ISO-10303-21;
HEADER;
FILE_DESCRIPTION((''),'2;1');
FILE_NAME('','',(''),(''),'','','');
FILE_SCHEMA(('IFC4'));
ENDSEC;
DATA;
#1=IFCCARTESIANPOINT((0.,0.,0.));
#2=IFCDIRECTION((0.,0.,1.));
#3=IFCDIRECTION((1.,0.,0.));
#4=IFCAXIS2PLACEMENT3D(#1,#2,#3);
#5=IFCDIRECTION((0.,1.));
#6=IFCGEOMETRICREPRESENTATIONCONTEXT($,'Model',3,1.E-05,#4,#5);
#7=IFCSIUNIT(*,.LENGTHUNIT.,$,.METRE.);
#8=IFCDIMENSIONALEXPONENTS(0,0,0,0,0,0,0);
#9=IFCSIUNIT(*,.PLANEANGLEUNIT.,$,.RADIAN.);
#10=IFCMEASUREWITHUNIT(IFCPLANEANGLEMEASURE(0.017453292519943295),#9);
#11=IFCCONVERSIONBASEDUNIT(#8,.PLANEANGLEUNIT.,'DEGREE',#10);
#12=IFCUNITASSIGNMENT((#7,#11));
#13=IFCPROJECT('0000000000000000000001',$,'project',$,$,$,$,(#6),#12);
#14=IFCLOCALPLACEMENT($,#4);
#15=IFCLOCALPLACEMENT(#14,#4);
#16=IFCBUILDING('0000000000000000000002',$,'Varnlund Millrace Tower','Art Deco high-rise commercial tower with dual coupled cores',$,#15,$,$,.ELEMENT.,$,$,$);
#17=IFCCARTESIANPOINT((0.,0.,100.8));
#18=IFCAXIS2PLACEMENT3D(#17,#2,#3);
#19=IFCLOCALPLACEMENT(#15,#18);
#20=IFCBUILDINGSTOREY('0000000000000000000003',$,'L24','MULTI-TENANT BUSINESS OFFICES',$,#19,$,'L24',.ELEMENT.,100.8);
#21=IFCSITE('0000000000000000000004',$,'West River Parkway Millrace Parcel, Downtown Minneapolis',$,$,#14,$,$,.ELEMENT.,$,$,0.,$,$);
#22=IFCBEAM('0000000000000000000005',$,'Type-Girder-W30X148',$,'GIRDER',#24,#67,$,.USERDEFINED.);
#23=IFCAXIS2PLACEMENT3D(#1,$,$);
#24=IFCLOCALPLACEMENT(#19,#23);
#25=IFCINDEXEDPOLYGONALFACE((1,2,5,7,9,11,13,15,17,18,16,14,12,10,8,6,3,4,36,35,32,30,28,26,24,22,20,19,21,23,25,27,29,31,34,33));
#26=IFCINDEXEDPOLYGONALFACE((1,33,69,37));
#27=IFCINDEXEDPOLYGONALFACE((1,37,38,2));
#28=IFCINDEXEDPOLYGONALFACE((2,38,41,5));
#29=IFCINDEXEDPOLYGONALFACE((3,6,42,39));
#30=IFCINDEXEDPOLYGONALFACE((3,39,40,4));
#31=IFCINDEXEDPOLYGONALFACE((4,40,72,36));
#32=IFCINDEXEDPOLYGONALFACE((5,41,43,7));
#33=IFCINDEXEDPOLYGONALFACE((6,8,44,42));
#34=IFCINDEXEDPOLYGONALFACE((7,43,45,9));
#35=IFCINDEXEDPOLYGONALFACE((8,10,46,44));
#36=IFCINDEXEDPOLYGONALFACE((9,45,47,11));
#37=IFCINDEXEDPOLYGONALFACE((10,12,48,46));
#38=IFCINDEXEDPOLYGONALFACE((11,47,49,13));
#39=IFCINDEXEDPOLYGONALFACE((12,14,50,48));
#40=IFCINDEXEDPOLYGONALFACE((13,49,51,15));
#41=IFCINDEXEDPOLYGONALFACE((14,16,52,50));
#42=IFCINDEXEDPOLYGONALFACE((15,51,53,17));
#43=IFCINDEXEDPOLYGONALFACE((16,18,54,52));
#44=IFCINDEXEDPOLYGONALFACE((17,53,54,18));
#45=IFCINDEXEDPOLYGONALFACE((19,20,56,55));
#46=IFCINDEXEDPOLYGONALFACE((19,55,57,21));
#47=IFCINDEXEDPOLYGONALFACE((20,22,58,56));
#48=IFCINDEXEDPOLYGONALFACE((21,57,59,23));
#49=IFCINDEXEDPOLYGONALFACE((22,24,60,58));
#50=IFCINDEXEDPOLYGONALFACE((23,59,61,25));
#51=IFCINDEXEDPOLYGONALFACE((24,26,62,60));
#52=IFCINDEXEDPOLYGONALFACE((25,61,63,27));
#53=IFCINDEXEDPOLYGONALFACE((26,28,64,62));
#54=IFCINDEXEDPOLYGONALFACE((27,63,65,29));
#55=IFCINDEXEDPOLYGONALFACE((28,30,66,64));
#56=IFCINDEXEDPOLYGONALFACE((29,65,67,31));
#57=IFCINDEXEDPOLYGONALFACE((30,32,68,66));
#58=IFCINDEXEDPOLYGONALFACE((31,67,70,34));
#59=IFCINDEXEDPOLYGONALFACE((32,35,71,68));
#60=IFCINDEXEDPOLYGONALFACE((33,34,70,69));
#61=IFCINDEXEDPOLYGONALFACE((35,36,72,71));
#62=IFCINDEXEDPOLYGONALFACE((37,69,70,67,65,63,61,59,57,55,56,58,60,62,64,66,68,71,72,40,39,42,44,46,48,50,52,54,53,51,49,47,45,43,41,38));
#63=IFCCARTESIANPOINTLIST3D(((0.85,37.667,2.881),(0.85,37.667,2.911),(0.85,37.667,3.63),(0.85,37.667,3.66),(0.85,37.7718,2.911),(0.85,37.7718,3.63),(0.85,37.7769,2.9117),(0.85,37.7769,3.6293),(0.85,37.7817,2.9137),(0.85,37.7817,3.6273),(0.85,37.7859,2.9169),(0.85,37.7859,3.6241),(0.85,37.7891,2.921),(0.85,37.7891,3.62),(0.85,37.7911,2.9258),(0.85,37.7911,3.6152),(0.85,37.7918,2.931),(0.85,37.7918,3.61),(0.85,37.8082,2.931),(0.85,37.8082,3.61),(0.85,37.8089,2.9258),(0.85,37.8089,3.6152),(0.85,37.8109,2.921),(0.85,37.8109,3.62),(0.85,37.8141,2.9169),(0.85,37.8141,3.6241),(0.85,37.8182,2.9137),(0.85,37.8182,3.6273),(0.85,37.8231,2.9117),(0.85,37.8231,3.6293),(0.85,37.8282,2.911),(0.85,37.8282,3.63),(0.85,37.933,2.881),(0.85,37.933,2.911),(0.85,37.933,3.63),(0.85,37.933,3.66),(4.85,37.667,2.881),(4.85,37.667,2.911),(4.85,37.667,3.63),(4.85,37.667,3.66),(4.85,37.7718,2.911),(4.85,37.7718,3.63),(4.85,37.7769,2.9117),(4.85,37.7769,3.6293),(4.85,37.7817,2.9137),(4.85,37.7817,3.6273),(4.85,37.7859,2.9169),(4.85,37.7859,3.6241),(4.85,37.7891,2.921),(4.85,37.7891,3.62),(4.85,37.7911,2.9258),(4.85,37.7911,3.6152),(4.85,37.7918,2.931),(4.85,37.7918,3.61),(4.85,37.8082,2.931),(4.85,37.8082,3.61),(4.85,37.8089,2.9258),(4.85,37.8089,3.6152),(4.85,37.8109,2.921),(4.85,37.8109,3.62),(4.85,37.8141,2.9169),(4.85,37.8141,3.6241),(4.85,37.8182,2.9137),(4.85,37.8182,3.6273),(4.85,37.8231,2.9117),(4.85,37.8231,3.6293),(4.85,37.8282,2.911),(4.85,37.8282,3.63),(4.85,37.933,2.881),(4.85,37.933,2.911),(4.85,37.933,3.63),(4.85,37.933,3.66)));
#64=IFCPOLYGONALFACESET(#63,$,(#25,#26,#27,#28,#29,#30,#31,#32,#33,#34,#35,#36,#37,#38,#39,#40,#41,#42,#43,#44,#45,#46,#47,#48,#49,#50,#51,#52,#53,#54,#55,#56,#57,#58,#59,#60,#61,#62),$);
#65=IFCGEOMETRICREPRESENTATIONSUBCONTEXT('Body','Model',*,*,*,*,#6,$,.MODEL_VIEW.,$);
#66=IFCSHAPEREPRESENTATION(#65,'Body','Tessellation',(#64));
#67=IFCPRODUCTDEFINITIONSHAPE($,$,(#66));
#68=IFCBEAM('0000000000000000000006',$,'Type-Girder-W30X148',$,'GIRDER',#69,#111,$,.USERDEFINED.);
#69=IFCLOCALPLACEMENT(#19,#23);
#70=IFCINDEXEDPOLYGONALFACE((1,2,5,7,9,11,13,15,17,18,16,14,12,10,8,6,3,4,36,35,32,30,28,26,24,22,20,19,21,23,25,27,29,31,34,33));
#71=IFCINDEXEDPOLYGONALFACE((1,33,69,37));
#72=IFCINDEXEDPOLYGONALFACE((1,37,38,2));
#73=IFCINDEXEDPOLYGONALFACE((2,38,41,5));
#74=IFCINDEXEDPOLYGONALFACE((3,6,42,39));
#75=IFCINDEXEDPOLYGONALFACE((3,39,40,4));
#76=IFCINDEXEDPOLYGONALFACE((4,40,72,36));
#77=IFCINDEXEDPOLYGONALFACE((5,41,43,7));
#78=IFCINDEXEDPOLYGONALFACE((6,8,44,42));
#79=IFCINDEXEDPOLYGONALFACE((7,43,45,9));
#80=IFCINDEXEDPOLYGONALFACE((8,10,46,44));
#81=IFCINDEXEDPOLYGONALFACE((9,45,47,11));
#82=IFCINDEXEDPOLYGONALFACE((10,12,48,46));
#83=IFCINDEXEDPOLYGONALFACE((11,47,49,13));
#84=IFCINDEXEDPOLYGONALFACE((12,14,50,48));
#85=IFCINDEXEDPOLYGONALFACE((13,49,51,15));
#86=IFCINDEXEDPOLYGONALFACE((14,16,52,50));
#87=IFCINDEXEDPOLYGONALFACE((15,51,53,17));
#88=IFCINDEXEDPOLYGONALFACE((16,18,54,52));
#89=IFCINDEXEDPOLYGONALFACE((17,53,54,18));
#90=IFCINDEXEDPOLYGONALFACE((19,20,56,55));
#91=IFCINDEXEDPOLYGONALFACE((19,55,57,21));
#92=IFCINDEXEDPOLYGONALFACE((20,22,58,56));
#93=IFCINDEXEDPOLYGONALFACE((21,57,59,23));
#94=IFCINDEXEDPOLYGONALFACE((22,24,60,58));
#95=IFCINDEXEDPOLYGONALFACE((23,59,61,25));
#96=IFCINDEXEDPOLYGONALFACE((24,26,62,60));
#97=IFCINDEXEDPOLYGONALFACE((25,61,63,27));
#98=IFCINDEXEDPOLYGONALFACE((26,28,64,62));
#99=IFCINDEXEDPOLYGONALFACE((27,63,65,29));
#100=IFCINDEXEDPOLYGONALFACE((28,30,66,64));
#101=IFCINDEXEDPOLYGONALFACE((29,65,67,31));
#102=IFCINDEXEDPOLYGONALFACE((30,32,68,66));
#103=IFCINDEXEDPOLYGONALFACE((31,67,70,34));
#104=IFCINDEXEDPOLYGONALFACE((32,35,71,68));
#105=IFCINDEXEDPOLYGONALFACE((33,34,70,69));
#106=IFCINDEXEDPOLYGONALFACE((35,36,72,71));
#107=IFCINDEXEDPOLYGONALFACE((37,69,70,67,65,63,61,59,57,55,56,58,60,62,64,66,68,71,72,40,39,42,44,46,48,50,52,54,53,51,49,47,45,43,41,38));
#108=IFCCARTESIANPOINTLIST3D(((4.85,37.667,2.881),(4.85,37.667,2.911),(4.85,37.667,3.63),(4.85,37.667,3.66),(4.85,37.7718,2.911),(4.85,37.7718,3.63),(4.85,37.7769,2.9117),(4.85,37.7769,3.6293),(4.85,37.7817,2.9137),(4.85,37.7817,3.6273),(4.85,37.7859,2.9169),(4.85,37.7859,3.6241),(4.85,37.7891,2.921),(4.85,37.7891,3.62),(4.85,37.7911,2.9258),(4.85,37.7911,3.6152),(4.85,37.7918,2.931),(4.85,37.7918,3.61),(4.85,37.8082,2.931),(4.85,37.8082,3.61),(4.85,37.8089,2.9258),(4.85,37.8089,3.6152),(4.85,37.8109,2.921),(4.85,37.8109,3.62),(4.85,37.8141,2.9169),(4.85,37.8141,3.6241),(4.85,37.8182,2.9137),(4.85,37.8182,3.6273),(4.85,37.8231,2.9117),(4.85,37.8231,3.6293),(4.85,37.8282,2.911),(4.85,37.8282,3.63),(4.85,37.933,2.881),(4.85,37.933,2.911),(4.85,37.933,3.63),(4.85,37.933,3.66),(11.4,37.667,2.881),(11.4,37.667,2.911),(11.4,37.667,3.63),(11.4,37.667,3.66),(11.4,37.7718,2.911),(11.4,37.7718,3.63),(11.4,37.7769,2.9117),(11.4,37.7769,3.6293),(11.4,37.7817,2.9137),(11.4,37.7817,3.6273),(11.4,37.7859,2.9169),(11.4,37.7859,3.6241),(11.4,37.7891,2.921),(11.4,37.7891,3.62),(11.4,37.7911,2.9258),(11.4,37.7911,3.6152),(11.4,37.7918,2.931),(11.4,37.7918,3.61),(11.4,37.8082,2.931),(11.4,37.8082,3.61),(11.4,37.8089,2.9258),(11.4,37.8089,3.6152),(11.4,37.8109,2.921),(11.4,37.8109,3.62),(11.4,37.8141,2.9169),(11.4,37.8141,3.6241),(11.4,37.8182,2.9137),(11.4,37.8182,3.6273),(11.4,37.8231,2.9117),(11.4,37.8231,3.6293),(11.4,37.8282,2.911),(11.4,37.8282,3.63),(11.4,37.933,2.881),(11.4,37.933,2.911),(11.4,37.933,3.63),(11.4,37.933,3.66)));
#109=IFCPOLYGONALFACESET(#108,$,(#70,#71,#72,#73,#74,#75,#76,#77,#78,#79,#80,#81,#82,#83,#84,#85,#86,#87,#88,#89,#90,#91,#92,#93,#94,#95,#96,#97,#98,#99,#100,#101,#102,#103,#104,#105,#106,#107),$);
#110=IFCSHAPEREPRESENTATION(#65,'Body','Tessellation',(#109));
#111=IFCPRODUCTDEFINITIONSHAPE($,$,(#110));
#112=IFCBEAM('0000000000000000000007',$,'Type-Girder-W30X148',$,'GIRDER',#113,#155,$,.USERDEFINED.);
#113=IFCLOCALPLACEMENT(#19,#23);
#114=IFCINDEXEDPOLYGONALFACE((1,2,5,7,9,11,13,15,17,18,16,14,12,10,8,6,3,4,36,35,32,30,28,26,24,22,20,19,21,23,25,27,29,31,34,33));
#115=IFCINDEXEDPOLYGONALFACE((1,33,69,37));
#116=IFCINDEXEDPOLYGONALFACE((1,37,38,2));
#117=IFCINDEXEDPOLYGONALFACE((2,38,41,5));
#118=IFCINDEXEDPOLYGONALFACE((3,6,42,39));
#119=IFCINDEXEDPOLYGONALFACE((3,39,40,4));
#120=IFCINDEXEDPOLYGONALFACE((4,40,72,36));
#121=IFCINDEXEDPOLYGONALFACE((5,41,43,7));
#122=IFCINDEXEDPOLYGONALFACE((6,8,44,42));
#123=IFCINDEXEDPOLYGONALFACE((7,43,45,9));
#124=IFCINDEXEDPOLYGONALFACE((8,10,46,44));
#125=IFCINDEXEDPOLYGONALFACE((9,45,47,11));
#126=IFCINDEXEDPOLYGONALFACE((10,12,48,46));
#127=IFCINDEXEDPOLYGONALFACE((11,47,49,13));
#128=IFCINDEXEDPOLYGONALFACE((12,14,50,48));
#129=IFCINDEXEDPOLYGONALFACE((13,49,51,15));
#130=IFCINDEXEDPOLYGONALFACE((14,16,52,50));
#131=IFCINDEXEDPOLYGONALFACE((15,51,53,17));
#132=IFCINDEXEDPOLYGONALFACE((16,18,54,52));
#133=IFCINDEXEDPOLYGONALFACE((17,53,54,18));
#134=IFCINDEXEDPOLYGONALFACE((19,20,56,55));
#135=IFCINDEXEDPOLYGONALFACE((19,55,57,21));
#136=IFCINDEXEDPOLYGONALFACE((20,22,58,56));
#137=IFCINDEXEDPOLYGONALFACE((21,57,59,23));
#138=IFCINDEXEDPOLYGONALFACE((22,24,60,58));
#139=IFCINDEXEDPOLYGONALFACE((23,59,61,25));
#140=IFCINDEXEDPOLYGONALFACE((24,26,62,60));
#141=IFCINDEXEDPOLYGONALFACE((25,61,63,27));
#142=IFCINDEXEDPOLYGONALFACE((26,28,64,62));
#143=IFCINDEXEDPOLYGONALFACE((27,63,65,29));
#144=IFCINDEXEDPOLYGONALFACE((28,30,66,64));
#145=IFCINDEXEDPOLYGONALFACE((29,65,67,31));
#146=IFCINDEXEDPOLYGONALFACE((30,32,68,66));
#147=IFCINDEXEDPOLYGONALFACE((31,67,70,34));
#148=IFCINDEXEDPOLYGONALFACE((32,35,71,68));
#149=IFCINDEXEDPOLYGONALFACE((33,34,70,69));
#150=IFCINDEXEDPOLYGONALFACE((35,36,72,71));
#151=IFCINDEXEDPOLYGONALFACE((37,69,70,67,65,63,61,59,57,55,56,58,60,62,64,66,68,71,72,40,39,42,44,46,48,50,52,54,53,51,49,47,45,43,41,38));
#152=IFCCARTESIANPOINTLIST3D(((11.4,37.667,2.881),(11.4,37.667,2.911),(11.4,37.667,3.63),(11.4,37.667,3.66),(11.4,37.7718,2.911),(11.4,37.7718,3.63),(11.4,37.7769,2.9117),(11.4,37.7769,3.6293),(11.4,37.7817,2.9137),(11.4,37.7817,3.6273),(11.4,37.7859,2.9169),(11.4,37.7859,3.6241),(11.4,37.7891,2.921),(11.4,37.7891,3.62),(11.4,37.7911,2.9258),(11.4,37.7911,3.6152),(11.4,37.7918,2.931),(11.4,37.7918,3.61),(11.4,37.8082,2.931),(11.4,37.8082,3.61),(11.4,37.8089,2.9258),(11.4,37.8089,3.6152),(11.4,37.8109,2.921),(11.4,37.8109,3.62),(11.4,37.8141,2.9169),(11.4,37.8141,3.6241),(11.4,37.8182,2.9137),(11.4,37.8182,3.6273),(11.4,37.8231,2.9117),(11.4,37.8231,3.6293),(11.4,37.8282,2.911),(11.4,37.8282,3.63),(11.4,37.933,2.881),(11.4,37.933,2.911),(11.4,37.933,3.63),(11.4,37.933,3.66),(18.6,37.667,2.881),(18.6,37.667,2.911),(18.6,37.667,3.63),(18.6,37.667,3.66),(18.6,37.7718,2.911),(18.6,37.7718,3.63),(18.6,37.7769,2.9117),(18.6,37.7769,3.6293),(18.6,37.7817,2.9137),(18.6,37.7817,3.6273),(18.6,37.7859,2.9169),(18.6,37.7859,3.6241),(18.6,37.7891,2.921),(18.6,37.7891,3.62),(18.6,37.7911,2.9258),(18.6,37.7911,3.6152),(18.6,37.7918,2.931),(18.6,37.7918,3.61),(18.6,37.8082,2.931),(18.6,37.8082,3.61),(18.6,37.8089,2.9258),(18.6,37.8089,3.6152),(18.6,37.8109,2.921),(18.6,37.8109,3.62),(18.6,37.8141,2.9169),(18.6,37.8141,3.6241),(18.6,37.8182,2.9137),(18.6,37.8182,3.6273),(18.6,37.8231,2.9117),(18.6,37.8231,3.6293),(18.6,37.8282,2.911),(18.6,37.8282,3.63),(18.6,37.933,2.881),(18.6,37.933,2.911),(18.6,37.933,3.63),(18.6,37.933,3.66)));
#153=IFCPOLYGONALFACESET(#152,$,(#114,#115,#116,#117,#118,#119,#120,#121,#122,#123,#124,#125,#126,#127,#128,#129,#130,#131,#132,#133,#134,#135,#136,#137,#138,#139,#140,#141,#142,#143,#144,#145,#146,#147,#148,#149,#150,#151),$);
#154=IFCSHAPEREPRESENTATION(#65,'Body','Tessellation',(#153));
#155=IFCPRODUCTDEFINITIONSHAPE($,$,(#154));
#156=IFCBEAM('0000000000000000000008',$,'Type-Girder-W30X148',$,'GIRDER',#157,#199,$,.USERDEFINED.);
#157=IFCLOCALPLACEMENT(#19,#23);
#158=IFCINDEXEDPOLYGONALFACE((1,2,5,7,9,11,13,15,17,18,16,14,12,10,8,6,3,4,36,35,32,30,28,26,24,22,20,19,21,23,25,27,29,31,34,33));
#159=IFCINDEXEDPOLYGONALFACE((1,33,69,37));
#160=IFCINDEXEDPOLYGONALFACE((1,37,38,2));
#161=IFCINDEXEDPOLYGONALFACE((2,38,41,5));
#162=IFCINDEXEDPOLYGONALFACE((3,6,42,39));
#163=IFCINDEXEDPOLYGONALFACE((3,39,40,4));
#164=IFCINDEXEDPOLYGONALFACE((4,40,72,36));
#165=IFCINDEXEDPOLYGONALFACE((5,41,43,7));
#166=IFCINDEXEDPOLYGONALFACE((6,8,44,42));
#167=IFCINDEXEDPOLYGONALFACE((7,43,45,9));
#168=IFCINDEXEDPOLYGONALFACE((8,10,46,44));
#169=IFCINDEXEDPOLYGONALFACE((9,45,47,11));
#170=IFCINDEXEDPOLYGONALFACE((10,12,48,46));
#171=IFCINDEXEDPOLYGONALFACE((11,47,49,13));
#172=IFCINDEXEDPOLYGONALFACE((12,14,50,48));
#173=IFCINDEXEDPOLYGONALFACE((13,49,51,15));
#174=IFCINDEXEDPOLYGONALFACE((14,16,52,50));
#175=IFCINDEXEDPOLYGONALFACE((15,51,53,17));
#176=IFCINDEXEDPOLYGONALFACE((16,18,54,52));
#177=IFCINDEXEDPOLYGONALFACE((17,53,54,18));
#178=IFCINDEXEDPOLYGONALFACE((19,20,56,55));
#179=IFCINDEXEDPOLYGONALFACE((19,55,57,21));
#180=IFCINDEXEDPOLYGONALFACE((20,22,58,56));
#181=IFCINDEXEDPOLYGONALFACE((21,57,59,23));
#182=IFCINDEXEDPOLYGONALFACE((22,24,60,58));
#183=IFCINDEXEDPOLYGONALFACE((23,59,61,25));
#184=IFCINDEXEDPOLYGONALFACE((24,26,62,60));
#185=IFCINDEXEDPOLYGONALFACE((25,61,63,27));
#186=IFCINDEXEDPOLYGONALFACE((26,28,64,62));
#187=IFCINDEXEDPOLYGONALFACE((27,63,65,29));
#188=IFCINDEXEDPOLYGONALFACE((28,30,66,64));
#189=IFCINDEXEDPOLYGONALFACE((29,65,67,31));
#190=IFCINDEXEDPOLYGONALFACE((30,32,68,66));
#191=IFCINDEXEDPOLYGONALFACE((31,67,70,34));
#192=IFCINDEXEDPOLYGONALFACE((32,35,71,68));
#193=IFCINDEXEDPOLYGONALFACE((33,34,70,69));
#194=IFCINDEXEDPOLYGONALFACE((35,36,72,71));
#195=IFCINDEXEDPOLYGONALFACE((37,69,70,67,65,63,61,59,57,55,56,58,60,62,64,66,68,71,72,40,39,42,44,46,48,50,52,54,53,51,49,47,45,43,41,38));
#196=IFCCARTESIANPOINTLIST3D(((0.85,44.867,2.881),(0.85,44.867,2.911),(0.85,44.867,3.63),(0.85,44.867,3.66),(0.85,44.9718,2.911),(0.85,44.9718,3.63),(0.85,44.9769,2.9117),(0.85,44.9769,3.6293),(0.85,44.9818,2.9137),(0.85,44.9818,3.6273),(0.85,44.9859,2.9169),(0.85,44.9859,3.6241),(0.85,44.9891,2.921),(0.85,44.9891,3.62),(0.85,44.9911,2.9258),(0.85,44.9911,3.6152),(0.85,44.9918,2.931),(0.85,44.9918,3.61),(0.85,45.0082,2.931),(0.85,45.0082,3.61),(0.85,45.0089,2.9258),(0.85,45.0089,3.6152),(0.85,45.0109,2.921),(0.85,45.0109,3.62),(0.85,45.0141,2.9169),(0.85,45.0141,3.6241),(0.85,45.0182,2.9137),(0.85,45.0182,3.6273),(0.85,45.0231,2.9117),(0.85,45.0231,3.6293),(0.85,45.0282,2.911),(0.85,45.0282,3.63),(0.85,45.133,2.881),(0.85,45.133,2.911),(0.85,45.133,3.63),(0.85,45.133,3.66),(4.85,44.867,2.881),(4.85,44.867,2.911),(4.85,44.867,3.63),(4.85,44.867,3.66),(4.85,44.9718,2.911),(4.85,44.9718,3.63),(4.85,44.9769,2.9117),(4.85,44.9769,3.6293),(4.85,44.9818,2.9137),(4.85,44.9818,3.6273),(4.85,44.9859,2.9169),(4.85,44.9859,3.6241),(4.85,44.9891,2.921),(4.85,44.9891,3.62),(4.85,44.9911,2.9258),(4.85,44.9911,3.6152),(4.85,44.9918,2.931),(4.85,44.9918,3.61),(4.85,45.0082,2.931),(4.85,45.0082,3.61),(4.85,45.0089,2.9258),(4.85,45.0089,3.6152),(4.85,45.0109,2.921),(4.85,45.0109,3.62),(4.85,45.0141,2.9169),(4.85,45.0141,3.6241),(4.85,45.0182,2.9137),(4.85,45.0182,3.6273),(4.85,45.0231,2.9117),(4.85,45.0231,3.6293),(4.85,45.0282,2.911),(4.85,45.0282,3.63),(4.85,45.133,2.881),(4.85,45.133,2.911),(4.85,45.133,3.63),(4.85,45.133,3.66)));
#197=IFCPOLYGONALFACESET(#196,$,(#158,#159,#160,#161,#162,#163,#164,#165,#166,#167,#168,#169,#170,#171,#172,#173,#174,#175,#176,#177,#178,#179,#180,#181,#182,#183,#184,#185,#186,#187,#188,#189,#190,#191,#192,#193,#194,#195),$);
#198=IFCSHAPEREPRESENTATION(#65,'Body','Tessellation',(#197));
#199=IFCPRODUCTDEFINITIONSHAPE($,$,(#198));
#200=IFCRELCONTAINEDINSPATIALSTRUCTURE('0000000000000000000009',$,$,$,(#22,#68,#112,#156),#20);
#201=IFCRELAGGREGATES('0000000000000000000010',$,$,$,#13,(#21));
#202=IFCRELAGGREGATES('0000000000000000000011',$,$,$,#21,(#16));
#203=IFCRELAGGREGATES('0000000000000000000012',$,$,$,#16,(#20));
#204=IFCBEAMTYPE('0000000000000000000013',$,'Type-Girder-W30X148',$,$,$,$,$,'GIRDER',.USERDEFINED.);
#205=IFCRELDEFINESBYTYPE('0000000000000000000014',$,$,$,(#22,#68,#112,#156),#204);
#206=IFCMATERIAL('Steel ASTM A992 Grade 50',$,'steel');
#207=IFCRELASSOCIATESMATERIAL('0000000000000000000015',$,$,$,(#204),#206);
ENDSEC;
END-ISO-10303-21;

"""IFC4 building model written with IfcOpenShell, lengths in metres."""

from ifc_helpers import new_model, entity, si_unit, converted_unit, direction, frame, origin_with_axes, origin_2d_with_axis, place, context, subcontext, project, spatial, i_section, extrude, material, material_profile, profile_set, type_object, element, save


model = new_model("IFC4")

# Units and contexts
model_context = context("Model", 3, precision=1e-05, world=origin_with_axes(), true_north=direction((0.0, 1.0)))
body_context = subcontext(model_context, "Body", "Model", "MODEL_VIEW")
ifc_project = project(units=[si_unit("LENGTHUNIT", "METRE"), converted_unit("PLANEANGLEUNIT", "DEGREE", entity("IfcPlaneAngleMeasure", 0.017453292519943295), si_unit("PLANEANGLEUNIT", "RADIAN"), dimensions=[0, 0, 0, 0, 0, 0, 0])], contexts=[model_context])

# Site, building, storey
site_placement = place(None, origin_with_axes())
site = spatial("IfcSite", under=ifc_project, at=site_placement, Name="West River Parkway Millrace Parcel, Downtown Minneapolis", CompositionType="ELEMENT", RefElevation=0.0)
building_placement = place(site_placement, origin_with_axes())
building = spatial("IfcBuilding", under=site, at=building_placement, Name="Varnlund Millrace Tower", Description="Art Deco high-rise commercial tower with dual coupled cores", CompositionType="ELEMENT")
storey_placement = place(building_placement, frame((0.0, 0.0, 100.8), z_axis=(0.0, 0.0, 1.0), x_axis=(1.0, 0.0, 0.0)))
storey = spatial("IfcBuildingStorey", under=building, at=storey_placement, Name="L24", Description="MULTI-TENANT BUSINESS OFFICES", LongName="L24", CompositionType="ELEMENT", Elevation=100.8)

# Beams
ifc_material_1 = material(Name="Steel ASTM A992 Grade 50", Category="steel")
ifc_material_profile_1 = material_profile(ifc_material_1, i_section(OverallWidth=0.266, OverallDepth=0.779, WebThickness=0.0165, FlangeThickness=0.03, FilletRadius=0.02, at=origin_2d_with_axis()), Name="Steel ASTM A992 Grade 50")
ifc_profile_set_1 = profile_set([ifc_material_profile_1], Name="Steel ASTM A992 Grade 50")
beam_type_1 = type_object("IfcBeamType", Name="Type-Girder-W30X148", ElementType="GIRDER", PredefinedType="USERDEFINED", material=ifc_profile_set_1)
beam_1_placement = place(storey_placement, frame((0.85, 37.8, 3.2705), z_axis=(1.0, 0.0, 0.0), x_axis=(0.0, 1.0, 0.0)))
element("IfcBeam", 1, at=beam_1_placement, inside=storey, type_object=beam_type_1, Name="Type-Girder-W30X148", ObjectType="GIRDER", PredefinedType="USERDEFINED", context=body_context, shape_type="SweptSolid", body=[
    extrude(i_section(OverallWidth=0.266, OverallDepth=0.779, WebThickness=0.0165, FlangeThickness=0.03, FilletRadius=0.02, at=origin_2d_with_axis()), origin_with_axes(), (0.0, 0.0, 1.0), 4.0),
])
beam_2_placement = place(storey_placement, frame((4.85, 37.8, 3.2705), z_axis=(1.0, 0.0, 0.0), x_axis=(0.0, 1.0, 0.0)))
element("IfcBeam", 2, at=beam_2_placement, inside=storey, type_object=beam_type_1, Name="Type-Girder-W30X148", ObjectType="GIRDER", PredefinedType="USERDEFINED", context=body_context, shape_type="SweptSolid", body=[
    extrude(i_section(OverallWidth=0.266, OverallDepth=0.779, WebThickness=0.0165, FlangeThickness=0.03, FilletRadius=0.02, at=origin_2d_with_axis()), origin_with_axes(), (0.0, 0.0, 1.0), 6.55),
])
beam_3_placement = place(storey_placement, frame((11.4, 37.8, 3.2705), z_axis=(1.0, 0.0, 0.0), x_axis=(0.0, 1.0, 0.0)))
element("IfcBeam", 3, at=beam_3_placement, inside=storey, type_object=beam_type_1, Name="Type-Girder-W30X148", ObjectType="GIRDER", PredefinedType="USERDEFINED", context=body_context, shape_type="SweptSolid", body=[
    extrude(i_section(OverallWidth=0.266, OverallDepth=0.779, WebThickness=0.0165, FlangeThickness=0.03, FilletRadius=0.02, at=origin_2d_with_axis()), origin_with_axes(), (0.0, 0.0, 1.0), 7.2),
])
beam_4_placement = place(storey_placement, frame((0.85, 45.0, 3.2705), z_axis=(1.0, 0.0, 0.0), x_axis=(0.0, 1.0, 0.0)))
element("IfcBeam", 4, at=beam_4_placement, inside=storey, type_object=beam_type_1, Name="Type-Girder-W30X148", ObjectType="GIRDER", PredefinedType="USERDEFINED", context=body_context, shape_type="SweptSolid", body=[
    extrude(i_section(OverallWidth=0.266, OverallDepth=0.779, WebThickness=0.0165, FlangeThickness=0.03, FilletRadius=0.02, at=origin_2d_with_axis()), origin_with_axes(), (0.0, 0.0, 1.0), 4.0),
])

save(model, "model.ifc")
